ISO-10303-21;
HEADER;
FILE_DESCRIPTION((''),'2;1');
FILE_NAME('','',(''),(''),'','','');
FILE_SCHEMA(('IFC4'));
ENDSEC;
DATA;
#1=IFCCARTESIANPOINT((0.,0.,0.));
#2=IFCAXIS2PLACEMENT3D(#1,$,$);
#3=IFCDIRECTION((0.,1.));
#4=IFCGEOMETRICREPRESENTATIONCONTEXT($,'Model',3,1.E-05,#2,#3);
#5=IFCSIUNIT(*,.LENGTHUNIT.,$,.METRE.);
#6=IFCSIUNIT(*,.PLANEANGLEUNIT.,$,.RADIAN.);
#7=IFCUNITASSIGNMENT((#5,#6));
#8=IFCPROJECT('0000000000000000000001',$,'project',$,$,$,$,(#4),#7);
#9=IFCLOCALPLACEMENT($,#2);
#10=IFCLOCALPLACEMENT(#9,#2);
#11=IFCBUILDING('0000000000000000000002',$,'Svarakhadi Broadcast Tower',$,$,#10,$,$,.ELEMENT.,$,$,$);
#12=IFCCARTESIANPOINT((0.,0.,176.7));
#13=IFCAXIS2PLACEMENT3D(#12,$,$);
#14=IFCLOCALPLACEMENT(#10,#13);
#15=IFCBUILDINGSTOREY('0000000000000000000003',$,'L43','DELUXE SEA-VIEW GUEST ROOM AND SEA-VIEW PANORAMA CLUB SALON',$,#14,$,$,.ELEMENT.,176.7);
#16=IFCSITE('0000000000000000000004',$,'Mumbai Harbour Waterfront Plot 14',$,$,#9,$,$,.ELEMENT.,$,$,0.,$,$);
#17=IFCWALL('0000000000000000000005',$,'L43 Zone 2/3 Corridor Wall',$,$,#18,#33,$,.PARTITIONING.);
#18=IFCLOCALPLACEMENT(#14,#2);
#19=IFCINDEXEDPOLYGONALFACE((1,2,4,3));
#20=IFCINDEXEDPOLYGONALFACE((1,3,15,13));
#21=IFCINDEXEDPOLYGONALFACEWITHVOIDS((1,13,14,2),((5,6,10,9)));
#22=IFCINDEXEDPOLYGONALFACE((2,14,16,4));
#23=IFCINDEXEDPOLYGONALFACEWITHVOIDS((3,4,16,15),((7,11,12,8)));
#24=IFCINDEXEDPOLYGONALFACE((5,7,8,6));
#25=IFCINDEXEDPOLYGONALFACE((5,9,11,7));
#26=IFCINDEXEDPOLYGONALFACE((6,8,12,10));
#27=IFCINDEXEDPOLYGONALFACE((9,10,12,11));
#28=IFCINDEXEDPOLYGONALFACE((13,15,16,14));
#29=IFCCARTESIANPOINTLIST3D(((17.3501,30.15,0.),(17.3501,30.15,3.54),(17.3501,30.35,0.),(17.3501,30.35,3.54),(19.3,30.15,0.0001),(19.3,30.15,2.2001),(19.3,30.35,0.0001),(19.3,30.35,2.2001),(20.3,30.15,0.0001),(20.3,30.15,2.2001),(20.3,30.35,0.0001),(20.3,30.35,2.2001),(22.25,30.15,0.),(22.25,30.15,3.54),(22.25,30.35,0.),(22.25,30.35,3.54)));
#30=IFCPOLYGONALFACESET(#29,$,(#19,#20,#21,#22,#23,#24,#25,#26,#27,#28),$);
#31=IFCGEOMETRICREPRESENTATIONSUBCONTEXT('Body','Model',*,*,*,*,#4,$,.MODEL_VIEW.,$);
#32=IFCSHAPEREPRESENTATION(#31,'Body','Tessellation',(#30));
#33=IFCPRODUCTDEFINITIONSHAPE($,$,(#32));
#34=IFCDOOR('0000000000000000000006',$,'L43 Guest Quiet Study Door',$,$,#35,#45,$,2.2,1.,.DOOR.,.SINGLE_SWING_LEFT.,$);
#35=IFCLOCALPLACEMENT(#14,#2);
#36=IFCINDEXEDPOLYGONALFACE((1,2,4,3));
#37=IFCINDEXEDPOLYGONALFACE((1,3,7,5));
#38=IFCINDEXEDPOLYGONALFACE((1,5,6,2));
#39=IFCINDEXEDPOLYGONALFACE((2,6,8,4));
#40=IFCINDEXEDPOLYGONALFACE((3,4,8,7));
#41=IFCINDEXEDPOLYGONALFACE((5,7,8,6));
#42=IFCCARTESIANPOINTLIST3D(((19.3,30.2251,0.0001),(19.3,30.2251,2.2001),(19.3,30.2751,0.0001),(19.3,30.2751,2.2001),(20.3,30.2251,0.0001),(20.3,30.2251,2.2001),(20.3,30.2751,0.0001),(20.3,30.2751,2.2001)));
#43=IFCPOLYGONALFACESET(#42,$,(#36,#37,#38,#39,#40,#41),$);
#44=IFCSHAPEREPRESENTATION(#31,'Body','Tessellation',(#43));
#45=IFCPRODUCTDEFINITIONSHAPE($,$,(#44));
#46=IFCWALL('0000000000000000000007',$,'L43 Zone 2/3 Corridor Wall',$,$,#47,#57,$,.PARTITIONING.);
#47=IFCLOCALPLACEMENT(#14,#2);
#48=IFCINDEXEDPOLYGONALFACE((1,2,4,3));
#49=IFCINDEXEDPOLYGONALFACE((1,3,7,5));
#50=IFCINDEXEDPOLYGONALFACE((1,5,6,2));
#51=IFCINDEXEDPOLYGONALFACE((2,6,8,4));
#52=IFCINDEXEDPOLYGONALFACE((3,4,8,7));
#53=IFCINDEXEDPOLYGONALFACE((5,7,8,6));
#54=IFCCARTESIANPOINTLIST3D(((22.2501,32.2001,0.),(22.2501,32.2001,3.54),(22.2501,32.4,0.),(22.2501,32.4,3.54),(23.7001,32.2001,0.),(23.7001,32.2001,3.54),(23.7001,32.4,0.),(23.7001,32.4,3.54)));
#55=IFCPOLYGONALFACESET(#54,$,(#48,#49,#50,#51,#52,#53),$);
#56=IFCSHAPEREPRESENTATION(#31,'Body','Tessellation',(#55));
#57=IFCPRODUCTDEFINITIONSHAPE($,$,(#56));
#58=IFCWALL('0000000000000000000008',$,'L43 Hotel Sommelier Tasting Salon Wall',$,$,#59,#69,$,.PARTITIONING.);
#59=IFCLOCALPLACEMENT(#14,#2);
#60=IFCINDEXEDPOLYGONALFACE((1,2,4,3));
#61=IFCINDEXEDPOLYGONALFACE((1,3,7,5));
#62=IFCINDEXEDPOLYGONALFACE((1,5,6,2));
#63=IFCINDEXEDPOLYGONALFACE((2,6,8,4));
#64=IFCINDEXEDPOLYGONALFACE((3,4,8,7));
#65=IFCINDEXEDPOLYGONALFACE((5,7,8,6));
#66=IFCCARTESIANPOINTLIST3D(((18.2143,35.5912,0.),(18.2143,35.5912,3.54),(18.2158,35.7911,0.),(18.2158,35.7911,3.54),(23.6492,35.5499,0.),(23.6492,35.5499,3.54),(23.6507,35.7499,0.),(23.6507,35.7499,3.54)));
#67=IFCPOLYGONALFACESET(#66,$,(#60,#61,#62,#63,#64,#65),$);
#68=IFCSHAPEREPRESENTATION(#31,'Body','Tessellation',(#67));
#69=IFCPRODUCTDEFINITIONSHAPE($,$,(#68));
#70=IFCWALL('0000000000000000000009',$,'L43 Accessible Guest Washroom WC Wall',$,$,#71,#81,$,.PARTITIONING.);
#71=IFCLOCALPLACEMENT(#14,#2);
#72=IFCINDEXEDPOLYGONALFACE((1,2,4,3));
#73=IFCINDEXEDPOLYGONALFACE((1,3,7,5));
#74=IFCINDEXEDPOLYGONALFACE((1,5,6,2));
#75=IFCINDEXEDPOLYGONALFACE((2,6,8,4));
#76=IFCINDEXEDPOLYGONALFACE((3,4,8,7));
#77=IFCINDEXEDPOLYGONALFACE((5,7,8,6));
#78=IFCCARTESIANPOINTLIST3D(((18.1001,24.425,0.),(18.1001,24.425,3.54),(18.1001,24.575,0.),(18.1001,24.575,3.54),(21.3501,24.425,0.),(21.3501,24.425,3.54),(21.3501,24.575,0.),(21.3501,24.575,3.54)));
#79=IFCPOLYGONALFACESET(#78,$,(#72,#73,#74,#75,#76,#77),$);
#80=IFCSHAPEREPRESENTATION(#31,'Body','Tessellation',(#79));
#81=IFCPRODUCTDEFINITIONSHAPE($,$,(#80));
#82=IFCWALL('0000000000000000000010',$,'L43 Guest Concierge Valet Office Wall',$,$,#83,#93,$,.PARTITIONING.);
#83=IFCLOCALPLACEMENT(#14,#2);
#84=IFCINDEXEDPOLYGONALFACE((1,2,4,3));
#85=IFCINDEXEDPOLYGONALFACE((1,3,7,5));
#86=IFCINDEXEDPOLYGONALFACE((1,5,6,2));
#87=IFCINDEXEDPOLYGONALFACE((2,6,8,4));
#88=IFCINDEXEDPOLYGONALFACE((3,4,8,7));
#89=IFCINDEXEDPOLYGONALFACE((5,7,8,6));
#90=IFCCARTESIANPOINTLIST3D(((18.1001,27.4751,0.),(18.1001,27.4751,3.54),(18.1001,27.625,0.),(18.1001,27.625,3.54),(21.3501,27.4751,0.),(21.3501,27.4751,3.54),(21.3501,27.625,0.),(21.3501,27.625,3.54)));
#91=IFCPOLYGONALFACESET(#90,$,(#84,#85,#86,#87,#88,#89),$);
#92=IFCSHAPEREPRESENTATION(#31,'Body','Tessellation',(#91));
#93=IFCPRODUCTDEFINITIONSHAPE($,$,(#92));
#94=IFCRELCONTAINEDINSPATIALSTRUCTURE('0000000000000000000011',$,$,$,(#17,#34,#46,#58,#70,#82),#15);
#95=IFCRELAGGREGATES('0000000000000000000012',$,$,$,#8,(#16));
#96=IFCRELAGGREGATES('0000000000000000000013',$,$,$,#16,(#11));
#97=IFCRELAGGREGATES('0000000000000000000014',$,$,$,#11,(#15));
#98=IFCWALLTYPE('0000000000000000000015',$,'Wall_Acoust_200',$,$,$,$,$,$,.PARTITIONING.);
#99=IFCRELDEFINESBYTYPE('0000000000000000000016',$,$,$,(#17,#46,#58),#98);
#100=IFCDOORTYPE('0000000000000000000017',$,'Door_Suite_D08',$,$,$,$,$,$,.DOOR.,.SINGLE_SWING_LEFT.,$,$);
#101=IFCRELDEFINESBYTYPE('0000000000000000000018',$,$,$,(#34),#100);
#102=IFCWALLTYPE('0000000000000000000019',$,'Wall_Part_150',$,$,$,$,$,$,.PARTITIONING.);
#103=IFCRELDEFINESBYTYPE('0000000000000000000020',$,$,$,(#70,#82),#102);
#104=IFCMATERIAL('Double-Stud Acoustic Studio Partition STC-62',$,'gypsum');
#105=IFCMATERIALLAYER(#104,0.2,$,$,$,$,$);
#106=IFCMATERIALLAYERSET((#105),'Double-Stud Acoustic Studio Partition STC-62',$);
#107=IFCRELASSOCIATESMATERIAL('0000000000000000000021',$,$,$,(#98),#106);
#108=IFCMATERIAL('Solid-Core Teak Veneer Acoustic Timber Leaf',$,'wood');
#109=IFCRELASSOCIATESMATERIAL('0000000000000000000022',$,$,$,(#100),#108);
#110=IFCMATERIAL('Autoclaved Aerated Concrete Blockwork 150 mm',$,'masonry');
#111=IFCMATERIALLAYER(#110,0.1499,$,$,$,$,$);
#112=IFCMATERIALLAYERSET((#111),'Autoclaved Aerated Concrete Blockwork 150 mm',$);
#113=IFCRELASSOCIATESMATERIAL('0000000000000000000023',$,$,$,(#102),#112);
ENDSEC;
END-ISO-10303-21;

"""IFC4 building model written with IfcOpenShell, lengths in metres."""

from ifc_helpers import new_model, si_unit, direction, frame, frame_2d, origin, place, context, subcontext, project, spatial, rectangle, extrude, material, layer, layer_set, type_object, element, fill, save


model = new_model("IFC4")

# Units and contexts
model_context = context("Model", 3, precision=1e-05, world=origin(), true_north=direction((0.0, 1.0)))
body_context = subcontext(model_context, "Body", "Model", "MODEL_VIEW")
ifc_project = project(units=[si_unit("LENGTHUNIT", "METRE"), si_unit("PLANEANGLEUNIT", "RADIAN")], contexts=[model_context])

# Site, building, storey
site_placement = place(None, origin())
site = spatial("IfcSite", under=ifc_project, at=site_placement, Name="Mumbai Harbour Waterfront Plot 14", CompositionType="ELEMENT", RefElevation=0.0)
building_placement = place(site_placement, origin())
building = spatial("IfcBuilding", under=site, at=building_placement, Name="Svarakhadi Broadcast Tower", CompositionType="ELEMENT")
storey_placement = place(building_placement, frame((0.0, 0.0, 176.7)))
storey = spatial("IfcBuildingStorey", under=building, at=storey_placement, Name="L43", Description="DELUXE SEA-VIEW GUEST ROOM AND SEA-VIEW PANORAMA CLUB SALON", CompositionType="ELEMENT", Elevation=176.7)

# Wall, opening, door
ifc_material_1 = material(Name="Double-Stud Acoustic Studio Partition STC-62", Category="gypsum")
ifc_layer_1 = layer(ifc_material_1, 0.2)
ifc_layer_set_1 = layer_set([ifc_layer_1], Name="Double-Stud Acoustic Studio Partition STC-62")
wall_type_1 = type_object("IfcWallType", Name="Wall_Acoust_200", PredefinedType="PARTITIONING", material=ifc_layer_set_1)
wall_1_placement = place(storey_placement, frame((22.25, 30.25, 0.0), z_axis=(0.0, 0.0, 1.0), x_axis=(-1.0, 0.0, 0.0)))
wall_1 = element("IfcWall", 1, at=wall_1_placement, inside=storey, type_object=wall_type_1, Name="L43 Zone 2/3 Corridor Wall", PredefinedType="PARTITIONING", context=body_context, shape_type="SweptSolid", body=[
    extrude(rectangle(XDim=4.8999, YDim=0.2, at=frame_2d((2.45, 0.0))), origin(), (0.0, 0.0, 1.0), 3.54),
])
opening_1_placement = place(wall_1_placement, frame((1.95, 0.0, 0.0)))
opening_1 = element("IfcOpeningElement", 2, at=opening_1_placement, cuts=wall_1, PredefinedType="OPENING", context=body_context, shape_type="SweptSolid", body=[
    extrude(rectangle(XDim=1.0, YDim=2.2, at=frame_2d((0.5, 1.1001))), frame((0.0, 0.1099, 0.0), z_axis=(0.0, -1.0, 0.0), x_axis=(1.0, 0.0, 0.0)), (0.0, 0.0, 1.0), 0.22),
])
ifc_material_2 = material(Name="Solid-Core Teak Veneer Acoustic Timber Leaf", Category="wood")
door_type_1 = type_object("IfcDoorType", Name="Door_Suite_D08", OperationType="SINGLE_SWING_LEFT", PredefinedType="DOOR", material=ifc_material_2)
door_1_placement = place(opening_1_placement, origin())
door_1 = element("IfcDoor", 3, at=door_1_placement, inside=storey, type_object=door_type_1, Name="L43 Guest Quiet Study Door", OperationType="SINGLE_SWING_LEFT", OverallHeight=2.2, OverallWidth=1.0, PredefinedType="DOOR", context=body_context, shape_type="SweptSolid", body=[
    extrude(rectangle(XDim=1.0, YDim=2.2, at=frame_2d((0.5, 1.1001))), frame((0.0, 0.0249, 0.0), z_axis=(0.0, -1.0, 0.0), x_axis=(1.0, 0.0, 0.0)), (0.0, 0.0, 1.0), 0.05),
])
fill(opening_1, door_1)

# Walls
wall_2_placement = place(storey_placement, frame((22.25, 32.3, 0.0), z_axis=(0.0, 0.0, 1.0), x_axis=(1.0, 0.0, 0.0)))
element("IfcWall", 4, at=wall_2_placement, inside=storey, type_object=wall_type_1, Name="L43 Zone 2/3 Corridor Wall", PredefinedType="PARTITIONING", context=body_context, shape_type="SweptSolid", body=[
    extrude(rectangle(XDim=1.45, YDim=0.2, at=frame_2d((0.7251, 0.0))), origin(), (0.0, 0.0, 1.0), 3.54),
])
wall_3_placement = place(storey_placement, frame((18.2151, 35.6912, 0.0), z_axis=(0.0, 0.0, 1.0), x_axis=(0.999971, -0.007592, 0.0)))
element("IfcWall", 5, at=wall_3_placement, inside=storey, type_object=wall_type_1, Name="L43 Hotel Sommelier Tasting Salon Wall", PredefinedType="PARTITIONING", context=body_context, shape_type="SweptSolid", body=[
    extrude(rectangle(XDim=5.4351, YDim=0.2, at=frame_2d((2.7175, 0.0))), origin(), (0.0, 0.0, 1.0), 3.54),
])
ifc_material_3 = material(Name="Autoclaved Aerated Concrete Blockwork 150 mm", Category="masonry")
ifc_layer_2 = layer(ifc_material_3, 0.1499)
ifc_layer_set_2 = layer_set([ifc_layer_2], Name="Autoclaved Aerated Concrete Blockwork 150 mm")
wall_type_2 = type_object("IfcWallType", Name="Wall_Part_150", PredefinedType="PARTITIONING", material=ifc_layer_set_2)
for number, where, z_axis, x_axis, name in (
    (6, (18.1001, 24.5, 0.0), (0.0, 0.0, 1.0), (1.0, 0.0, 0.0), "L43 Accessible Guest Washroom WC Wall"),
    (7, (18.1001, 27.55, 0.0), (0.0, 0.0, 1.0), (1.0, 0.0, 0.0), "L43 Guest Concierge Valet Office Wall"),
):
    element("IfcWall", number, at=place(storey_placement, frame(where, z_axis=z_axis, x_axis=x_axis)), inside=storey, type_object=wall_type_2, Name=name, PredefinedType="PARTITIONING", context=body_context, shape_type="SweptSolid", body=[
        extrude(rectangle(XDim=3.25, YDim=0.1499, at=frame_2d((1.625, 0.0))), origin(), (0.0, 0.0, 1.0), 3.54),
    ])

save(model, "model.ifc")
